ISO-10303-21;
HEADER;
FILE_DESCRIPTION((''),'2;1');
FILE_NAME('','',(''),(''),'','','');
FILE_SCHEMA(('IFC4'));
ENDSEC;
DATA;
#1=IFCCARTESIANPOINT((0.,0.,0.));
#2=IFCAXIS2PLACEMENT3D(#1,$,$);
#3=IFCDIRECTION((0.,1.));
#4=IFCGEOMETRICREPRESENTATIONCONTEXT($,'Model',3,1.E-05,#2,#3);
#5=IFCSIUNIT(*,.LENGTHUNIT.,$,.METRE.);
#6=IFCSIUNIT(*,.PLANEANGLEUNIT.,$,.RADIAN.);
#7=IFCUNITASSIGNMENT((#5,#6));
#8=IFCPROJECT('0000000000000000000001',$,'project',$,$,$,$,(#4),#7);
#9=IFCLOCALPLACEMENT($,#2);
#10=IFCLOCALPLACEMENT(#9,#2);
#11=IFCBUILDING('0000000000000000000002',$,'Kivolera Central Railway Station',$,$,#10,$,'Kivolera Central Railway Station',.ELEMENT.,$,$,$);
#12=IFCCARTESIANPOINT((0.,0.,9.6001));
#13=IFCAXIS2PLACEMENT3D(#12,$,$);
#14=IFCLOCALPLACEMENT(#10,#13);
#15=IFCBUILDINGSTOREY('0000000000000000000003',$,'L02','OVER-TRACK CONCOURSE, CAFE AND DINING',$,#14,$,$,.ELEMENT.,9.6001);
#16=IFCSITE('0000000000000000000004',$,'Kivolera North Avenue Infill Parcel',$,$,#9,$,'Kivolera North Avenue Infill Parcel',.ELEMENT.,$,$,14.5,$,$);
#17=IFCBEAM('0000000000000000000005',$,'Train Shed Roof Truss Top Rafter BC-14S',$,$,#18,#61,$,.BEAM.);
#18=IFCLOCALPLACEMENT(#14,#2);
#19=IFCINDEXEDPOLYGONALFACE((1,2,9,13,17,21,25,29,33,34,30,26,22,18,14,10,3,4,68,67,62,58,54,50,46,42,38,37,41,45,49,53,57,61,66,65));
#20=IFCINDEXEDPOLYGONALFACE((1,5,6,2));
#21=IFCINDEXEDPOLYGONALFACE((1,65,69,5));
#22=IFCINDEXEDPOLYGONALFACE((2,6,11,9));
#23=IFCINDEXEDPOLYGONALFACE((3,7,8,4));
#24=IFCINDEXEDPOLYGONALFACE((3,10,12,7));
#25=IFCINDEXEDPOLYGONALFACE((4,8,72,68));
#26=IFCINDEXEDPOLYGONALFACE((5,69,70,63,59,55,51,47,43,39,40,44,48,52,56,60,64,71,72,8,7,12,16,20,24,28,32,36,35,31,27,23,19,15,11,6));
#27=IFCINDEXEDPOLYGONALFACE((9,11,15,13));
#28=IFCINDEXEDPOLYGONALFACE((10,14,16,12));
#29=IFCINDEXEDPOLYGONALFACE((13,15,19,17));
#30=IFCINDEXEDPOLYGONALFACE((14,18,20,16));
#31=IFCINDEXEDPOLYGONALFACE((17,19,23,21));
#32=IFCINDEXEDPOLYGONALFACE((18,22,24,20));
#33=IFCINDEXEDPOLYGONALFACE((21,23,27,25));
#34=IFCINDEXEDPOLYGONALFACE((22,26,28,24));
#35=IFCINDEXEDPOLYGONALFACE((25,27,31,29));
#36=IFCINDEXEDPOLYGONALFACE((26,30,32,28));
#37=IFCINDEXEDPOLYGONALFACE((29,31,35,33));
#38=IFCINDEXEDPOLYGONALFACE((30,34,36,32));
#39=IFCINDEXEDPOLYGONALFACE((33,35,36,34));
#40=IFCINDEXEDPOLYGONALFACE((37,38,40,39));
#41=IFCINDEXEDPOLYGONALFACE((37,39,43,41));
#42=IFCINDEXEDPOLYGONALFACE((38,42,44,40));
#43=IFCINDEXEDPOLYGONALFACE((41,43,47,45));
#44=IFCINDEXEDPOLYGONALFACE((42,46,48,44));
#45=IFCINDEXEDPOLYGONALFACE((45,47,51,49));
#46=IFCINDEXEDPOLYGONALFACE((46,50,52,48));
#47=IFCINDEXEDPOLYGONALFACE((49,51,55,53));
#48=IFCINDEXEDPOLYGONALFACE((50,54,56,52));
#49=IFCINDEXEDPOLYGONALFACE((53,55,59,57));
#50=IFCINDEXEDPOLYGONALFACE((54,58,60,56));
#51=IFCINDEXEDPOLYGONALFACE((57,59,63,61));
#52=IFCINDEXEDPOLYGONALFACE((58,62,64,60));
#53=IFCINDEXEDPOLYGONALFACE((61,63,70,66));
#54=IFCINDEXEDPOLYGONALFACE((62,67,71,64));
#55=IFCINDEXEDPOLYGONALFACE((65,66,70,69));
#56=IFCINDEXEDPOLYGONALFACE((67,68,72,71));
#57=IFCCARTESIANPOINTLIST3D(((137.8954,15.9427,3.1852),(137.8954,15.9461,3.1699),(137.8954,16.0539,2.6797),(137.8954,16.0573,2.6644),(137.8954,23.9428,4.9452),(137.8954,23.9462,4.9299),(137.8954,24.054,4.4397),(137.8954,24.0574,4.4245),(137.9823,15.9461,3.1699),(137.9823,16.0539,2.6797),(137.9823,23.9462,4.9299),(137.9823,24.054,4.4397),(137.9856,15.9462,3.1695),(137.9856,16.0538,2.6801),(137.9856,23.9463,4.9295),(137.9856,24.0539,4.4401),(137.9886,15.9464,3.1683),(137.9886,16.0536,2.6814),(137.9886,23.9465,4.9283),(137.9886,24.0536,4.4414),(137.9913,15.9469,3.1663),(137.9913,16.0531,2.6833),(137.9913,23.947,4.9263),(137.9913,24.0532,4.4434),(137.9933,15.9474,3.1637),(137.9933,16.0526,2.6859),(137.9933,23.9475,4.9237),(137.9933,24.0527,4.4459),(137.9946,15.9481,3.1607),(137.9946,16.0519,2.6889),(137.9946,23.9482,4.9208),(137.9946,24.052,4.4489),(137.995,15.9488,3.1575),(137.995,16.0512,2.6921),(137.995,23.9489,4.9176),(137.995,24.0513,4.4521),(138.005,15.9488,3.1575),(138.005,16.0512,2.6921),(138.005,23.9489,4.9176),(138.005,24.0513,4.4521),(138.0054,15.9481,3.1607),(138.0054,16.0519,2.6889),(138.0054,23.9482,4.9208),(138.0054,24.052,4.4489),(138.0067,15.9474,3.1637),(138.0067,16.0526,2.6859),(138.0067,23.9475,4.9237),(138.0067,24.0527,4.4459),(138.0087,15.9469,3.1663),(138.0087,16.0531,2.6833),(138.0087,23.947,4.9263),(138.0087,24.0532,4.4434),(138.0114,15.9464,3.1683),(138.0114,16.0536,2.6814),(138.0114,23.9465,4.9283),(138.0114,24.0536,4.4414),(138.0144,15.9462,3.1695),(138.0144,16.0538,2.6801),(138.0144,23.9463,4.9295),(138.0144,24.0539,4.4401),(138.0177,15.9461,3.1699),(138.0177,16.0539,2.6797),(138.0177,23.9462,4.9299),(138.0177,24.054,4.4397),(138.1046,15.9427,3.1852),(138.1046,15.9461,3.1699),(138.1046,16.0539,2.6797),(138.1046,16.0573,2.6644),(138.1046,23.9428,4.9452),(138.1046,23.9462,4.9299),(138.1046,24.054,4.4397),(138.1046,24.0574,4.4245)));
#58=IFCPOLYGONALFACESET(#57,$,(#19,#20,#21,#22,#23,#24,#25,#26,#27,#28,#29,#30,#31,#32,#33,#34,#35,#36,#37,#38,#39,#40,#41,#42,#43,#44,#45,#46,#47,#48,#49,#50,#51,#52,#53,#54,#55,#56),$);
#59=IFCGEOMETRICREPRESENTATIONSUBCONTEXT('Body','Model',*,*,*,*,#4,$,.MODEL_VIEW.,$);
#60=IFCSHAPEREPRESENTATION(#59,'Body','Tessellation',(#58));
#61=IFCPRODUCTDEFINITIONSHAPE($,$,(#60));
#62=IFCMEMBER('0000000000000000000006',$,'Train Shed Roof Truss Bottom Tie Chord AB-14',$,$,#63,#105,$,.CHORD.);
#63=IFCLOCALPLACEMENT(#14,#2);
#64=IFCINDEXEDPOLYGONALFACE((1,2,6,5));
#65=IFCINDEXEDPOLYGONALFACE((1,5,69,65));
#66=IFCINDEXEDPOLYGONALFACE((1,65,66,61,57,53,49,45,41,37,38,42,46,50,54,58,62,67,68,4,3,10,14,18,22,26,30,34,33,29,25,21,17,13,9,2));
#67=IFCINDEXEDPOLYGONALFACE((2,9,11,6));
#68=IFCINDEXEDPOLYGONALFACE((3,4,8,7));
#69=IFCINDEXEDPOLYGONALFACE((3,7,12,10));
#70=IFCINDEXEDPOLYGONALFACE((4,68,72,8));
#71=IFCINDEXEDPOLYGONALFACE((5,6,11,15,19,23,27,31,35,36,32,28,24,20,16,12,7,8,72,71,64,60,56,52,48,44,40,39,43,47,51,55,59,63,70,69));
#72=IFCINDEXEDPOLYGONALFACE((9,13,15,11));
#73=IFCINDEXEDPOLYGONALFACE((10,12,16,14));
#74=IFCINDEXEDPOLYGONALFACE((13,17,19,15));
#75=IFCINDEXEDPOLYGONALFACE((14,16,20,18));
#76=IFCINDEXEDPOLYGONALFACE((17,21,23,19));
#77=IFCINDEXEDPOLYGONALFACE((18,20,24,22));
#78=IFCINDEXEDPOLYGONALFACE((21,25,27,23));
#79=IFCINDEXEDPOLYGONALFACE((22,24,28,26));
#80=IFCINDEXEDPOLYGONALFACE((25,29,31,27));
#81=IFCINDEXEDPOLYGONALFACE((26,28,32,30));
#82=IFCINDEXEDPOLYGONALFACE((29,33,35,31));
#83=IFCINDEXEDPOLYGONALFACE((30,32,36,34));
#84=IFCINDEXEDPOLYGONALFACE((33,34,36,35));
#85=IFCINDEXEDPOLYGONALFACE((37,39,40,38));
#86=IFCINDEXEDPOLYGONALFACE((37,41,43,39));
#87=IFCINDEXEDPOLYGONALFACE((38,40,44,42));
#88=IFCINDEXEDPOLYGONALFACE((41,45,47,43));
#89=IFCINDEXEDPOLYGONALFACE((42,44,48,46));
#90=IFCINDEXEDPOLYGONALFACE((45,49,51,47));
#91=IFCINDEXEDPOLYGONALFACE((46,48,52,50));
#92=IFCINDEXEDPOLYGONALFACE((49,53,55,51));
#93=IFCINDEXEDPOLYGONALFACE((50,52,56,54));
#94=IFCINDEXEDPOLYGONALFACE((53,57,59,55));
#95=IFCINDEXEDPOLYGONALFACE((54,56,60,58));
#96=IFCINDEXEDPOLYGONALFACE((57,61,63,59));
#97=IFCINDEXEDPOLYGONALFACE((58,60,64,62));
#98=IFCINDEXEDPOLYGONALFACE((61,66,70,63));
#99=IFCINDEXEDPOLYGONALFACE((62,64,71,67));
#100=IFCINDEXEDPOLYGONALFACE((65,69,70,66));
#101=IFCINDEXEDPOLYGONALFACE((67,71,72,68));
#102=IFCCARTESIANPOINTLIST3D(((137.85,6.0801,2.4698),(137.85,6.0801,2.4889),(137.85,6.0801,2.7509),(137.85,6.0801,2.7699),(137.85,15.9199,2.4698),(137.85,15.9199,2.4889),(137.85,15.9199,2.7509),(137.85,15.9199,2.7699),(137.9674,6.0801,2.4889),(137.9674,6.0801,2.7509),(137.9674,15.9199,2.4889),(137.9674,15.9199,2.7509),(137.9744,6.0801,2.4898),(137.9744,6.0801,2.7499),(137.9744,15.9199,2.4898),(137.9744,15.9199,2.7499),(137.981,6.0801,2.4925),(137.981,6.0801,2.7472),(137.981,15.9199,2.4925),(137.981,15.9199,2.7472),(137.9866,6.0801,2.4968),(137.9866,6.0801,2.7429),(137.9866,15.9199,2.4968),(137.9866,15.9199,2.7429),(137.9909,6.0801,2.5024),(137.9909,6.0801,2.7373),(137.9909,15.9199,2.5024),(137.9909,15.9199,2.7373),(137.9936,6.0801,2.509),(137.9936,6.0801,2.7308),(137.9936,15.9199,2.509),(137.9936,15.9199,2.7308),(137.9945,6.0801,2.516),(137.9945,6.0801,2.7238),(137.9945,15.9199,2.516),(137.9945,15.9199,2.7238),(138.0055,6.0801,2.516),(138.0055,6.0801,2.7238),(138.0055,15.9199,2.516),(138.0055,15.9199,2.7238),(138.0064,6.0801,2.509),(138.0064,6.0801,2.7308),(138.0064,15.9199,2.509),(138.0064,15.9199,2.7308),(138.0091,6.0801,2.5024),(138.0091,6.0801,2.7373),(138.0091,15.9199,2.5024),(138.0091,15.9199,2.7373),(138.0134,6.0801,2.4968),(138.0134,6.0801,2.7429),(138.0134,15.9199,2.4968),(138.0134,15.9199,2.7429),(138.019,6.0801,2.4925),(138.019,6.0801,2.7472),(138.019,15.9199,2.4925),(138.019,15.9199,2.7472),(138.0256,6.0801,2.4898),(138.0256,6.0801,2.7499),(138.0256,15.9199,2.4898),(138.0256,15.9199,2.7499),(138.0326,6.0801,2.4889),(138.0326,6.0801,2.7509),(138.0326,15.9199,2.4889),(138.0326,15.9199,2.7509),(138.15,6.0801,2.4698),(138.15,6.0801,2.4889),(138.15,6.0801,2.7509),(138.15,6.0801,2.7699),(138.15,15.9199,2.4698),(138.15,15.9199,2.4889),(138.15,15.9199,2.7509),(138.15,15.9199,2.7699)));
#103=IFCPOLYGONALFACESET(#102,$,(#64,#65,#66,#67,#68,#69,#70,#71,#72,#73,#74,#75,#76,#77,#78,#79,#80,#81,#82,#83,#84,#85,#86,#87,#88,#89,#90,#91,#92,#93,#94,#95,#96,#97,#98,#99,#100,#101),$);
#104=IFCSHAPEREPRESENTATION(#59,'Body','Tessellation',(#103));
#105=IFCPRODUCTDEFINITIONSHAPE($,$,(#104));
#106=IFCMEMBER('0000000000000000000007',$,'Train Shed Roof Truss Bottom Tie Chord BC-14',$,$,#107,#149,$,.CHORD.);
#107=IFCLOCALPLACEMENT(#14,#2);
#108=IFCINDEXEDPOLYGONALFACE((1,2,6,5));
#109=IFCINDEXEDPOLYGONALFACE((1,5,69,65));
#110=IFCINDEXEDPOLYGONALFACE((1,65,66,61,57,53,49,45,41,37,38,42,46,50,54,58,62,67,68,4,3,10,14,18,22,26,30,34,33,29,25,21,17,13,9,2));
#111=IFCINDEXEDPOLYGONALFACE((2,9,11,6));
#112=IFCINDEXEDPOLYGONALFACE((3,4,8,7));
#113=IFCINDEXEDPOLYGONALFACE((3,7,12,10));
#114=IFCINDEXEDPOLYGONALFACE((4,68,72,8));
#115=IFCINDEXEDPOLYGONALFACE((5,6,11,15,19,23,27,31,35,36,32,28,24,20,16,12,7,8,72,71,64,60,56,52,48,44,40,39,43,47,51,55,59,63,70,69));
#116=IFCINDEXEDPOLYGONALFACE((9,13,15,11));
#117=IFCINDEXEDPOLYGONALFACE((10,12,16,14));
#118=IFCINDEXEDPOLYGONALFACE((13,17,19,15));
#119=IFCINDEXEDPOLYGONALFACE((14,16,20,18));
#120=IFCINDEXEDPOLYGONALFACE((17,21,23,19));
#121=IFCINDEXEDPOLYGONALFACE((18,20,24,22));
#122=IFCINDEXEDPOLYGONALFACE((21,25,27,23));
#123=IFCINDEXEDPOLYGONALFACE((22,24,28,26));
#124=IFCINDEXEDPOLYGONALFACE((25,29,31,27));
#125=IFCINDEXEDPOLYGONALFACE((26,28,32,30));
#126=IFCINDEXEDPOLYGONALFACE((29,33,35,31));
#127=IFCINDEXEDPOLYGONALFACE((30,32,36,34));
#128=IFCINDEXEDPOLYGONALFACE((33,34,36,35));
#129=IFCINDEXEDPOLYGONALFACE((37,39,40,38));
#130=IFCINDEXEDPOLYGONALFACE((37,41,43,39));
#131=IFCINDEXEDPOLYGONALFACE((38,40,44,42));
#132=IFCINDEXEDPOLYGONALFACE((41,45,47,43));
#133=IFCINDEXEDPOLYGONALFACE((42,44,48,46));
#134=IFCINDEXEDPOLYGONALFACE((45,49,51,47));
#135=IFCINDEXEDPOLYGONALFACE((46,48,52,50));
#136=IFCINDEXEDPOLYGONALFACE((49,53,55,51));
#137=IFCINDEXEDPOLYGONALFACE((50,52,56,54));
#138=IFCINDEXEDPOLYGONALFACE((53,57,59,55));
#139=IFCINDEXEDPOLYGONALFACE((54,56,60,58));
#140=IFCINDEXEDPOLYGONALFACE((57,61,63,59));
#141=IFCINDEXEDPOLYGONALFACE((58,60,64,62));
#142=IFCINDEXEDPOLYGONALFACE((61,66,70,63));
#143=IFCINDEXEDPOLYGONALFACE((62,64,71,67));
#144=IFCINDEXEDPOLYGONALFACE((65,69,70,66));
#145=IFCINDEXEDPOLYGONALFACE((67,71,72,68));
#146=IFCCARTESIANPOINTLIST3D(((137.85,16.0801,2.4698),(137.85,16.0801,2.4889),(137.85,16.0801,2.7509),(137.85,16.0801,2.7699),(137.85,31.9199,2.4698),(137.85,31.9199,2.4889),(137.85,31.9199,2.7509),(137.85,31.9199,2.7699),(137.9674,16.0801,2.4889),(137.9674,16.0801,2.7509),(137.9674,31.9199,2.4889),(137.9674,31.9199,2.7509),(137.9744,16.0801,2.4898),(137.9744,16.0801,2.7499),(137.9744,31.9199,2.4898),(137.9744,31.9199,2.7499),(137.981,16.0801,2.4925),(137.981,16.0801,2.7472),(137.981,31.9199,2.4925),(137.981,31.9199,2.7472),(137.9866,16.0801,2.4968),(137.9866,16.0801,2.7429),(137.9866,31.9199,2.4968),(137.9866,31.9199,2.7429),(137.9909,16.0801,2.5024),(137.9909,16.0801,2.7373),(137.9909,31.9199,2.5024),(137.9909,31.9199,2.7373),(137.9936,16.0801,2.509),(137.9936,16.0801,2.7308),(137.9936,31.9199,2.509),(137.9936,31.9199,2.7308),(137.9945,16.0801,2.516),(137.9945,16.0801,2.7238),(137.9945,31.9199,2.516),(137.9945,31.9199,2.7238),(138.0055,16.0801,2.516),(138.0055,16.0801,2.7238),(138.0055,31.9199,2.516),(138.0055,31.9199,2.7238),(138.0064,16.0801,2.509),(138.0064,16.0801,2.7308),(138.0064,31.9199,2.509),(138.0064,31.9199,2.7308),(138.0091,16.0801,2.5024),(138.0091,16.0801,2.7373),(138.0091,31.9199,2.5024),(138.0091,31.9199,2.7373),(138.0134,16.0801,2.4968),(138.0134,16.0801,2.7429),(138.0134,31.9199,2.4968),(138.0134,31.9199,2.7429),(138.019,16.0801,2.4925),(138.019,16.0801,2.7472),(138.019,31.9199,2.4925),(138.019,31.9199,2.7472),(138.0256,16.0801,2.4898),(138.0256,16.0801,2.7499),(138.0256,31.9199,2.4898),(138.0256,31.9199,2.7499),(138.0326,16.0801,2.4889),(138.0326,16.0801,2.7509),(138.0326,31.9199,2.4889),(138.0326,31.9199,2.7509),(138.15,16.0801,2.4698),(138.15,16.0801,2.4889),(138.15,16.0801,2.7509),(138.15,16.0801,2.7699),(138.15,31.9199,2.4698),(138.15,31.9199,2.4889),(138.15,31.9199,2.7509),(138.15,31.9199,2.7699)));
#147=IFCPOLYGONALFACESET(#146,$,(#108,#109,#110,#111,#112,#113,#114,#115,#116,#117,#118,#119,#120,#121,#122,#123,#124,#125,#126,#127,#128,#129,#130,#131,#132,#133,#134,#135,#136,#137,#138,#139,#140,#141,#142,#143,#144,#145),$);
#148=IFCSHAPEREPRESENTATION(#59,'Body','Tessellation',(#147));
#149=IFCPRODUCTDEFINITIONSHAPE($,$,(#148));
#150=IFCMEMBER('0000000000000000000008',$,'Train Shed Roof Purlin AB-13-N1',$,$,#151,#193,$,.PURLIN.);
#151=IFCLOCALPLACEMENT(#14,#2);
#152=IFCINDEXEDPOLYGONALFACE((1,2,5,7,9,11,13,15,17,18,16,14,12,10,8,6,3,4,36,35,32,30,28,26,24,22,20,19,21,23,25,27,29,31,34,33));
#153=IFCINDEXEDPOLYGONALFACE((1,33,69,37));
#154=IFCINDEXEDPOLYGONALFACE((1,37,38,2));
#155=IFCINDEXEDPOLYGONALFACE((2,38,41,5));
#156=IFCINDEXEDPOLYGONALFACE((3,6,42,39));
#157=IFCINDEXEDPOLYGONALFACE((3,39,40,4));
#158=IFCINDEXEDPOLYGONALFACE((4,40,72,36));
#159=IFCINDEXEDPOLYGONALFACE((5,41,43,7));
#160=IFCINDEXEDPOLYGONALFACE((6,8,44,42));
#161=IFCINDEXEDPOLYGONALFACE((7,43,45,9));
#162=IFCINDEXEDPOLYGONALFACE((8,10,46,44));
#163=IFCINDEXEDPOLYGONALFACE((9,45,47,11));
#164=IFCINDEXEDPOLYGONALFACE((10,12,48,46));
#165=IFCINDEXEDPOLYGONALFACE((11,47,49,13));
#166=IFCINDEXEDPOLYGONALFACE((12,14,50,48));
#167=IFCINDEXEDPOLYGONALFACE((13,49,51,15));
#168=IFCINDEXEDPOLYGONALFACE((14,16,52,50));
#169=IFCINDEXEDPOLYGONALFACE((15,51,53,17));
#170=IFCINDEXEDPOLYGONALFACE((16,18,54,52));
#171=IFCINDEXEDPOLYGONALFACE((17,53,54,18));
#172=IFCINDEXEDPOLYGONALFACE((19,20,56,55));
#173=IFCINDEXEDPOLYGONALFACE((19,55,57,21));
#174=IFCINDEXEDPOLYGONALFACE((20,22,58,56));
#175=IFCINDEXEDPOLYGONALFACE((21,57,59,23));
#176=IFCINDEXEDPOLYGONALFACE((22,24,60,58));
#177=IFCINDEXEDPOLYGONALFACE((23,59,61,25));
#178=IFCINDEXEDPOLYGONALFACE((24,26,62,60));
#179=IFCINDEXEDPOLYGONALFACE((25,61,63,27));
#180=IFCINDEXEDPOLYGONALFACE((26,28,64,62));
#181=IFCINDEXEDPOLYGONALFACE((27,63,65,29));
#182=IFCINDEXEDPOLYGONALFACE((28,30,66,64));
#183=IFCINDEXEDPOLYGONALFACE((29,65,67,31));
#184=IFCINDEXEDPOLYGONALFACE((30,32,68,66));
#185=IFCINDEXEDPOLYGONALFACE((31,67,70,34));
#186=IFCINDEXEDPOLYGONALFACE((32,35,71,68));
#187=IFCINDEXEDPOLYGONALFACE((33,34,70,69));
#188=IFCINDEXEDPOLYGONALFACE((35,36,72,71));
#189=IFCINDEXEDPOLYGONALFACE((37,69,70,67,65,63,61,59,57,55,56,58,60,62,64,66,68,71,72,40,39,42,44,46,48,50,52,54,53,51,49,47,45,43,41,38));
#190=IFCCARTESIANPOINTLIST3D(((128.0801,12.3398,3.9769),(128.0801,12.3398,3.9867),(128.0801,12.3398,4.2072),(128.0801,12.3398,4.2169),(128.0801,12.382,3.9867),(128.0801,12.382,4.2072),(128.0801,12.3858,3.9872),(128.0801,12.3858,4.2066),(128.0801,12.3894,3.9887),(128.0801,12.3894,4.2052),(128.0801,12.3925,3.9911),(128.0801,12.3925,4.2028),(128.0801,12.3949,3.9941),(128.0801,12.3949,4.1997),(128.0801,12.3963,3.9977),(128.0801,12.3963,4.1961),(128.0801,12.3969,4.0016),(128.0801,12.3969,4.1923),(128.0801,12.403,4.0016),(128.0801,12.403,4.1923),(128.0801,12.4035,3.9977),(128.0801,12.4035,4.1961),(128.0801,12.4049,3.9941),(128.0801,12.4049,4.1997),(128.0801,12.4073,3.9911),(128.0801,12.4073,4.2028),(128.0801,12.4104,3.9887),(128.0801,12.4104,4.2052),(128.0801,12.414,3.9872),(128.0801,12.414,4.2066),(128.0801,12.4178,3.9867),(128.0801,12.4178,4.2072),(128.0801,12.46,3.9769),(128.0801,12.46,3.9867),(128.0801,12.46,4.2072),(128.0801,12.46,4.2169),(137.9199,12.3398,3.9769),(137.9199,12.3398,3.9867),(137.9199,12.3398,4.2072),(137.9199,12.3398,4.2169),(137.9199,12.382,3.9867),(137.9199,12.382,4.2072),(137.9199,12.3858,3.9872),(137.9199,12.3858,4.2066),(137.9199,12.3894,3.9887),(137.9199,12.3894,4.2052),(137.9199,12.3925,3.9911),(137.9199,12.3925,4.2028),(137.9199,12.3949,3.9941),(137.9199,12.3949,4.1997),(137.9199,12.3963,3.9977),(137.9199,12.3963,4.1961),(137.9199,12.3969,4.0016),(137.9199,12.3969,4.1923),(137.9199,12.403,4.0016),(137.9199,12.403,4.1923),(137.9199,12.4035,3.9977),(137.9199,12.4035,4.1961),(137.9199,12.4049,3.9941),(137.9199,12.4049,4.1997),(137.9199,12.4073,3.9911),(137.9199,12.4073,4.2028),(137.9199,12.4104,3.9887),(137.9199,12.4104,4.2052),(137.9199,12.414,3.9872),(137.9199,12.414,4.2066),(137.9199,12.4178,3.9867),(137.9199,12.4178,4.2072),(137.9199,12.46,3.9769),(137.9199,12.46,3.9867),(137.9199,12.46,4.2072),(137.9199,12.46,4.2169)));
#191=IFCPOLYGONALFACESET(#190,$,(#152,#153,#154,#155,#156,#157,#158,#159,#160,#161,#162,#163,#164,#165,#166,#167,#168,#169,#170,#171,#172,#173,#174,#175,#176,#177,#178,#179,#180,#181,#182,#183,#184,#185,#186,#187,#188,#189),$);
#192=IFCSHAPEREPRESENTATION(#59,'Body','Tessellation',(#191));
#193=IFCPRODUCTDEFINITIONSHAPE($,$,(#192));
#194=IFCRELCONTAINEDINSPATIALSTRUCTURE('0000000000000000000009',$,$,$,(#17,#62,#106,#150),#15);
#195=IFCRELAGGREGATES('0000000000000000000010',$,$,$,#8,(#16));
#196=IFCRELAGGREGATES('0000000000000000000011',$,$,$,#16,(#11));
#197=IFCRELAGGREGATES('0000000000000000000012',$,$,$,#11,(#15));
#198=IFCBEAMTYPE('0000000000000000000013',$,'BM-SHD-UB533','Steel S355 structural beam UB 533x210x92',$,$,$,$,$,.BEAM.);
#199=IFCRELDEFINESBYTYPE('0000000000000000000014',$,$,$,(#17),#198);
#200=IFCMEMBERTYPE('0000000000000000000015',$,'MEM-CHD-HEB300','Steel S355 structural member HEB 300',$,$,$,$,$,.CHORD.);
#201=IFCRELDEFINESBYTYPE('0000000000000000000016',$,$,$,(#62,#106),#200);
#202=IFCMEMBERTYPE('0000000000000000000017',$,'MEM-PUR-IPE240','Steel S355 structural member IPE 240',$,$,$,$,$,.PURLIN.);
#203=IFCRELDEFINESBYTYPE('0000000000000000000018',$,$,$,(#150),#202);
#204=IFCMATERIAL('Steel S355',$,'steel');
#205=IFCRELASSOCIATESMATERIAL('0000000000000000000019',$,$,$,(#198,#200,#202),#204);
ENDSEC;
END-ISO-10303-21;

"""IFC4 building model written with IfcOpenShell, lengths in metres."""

from ifc_helpers import new_model, si_unit, direction, frame, origin, origin_2d, place, context, subcontext, project, spatial, i_section, extrude, material, material_profile, profile_set, type_object, element, save


model = new_model("IFC4")

# Units and contexts
model_context = context("Model", 3, precision=1e-05, world=origin(), true_north=direction((0.0, 1.0)))
body_context = subcontext(model_context, "Body", "Model", "MODEL_VIEW")
ifc_project = project(units=[si_unit("LENGTHUNIT", "METRE"), si_unit("PLANEANGLEUNIT", "RADIAN")], contexts=[model_context])

# Site, building, storey
site_placement = place(None, origin())
site = spatial("IfcSite", under=ifc_project, at=site_placement, Name="Kivolera North Avenue Infill Parcel", LongName="Kivolera North Avenue Infill Parcel", CompositionType="ELEMENT", RefElevation=14.5)
building_placement = place(site_placement, origin())
building = spatial("IfcBuilding", under=site, at=building_placement, Name="Kivolera Central Railway Station", LongName="Kivolera Central Railway Station", CompositionType="ELEMENT")
storey_placement = place(building_placement, frame((0.0, 0.0, 9.6001)))
storey = spatial("IfcBuildingStorey", under=building, at=storey_placement, Name="L02", Description="OVER-TRACK CONCOURSE, CAFE AND DINING", CompositionType="ELEMENT", Elevation=9.6001)

# Shared definitions
ifc_material_1 = material(Name="Steel S355", Category="steel")

# Beam
ifc_material_profile_1 = material_profile(ifc_material_1, i_section(OverallWidth=0.2092, OverallDepth=0.5332, WebThickness=0.01, FlangeThickness=0.0156, FilletRadius=0.0127, at=origin_2d()), Name="UB 533x210x92")
ifc_profile_set_1 = profile_set([ifc_material_profile_1], Name="Steel S355")
beam_type_1 = type_object("IfcBeamType", Name="BM-SHD-UB533", Description="Steel S355 structural beam UB 533x210x92", PredefinedType="BEAM", material=ifc_profile_set_1)
beam_placement = place(storey_placement, frame((138.0, 16.0, 2.9248), z_axis=(0.0, 0.976644, 0.214863), x_axis=(-1.0, 0.0, 0.0)))
element("IfcBeam", 1, at=beam_placement, inside=storey, type_object=beam_type_1, Name="Train Shed Roof Truss Top Rafter BC-14S", PredefinedType="BEAM", context=body_context, shape_type="SweptSolid", body=[
    extrude(i_section(OverallWidth=0.2092, OverallDepth=0.5332, WebThickness=0.01, FlangeThickness=0.0156, FilletRadius=0.0127, at=origin_2d()), origin(), (0.0, 0.0, 1.0), 8.1914),
])

# Members
ifc_material_profile_2 = material_profile(ifc_material_1, i_section(OverallWidth=0.3, OverallDepth=0.3, WebThickness=0.011, FlangeThickness=0.019, FilletRadius=0.0271, at=origin_2d()), Name="HEB 300")
ifc_profile_set_2 = profile_set([ifc_material_profile_2], Name="Steel S355")
member_type_1 = type_object("IfcMemberType", Name="MEM-CHD-HEB300", Description="Steel S355 structural member HEB 300", PredefinedType="CHORD", material=ifc_profile_set_2)
member_1_placement = place(storey_placement, frame((138.0, 6.0801, 2.6199), z_axis=(0.0, 1.0, 0.0), x_axis=(-1.0, 0.0, 0.0)))
element("IfcMember", 2, at=member_1_placement, inside=storey, type_object=member_type_1, Name="Train Shed Roof Truss Bottom Tie Chord AB-14", PredefinedType="CHORD", context=body_context, shape_type="SweptSolid", body=[
    extrude(i_section(OverallWidth=0.3, OverallDepth=0.3, WebThickness=0.011, FlangeThickness=0.019, FilletRadius=0.0271, at=origin_2d()), origin(), (0.0, 0.0, 1.0), 9.8398),
])
member_2_placement = place(storey_placement, frame((138.0, 16.0801, 2.6199), z_axis=(0.0, 1.0, 0.0), x_axis=(-1.0, 0.0, 0.0)))
element("IfcMember", 3, at=member_2_placement, inside=storey, type_object=member_type_1, Name="Train Shed Roof Truss Bottom Tie Chord BC-14", PredefinedType="CHORD", context=body_context, shape_type="SweptSolid", body=[
    extrude(i_section(OverallWidth=0.3, OverallDepth=0.3, WebThickness=0.011, FlangeThickness=0.019, FilletRadius=0.0271, at=origin_2d()), origin(), (0.0, 0.0, 1.0), 15.8398),
])
ifc_material_profile_3 = material_profile(ifc_material_1, i_section(OverallWidth=0.1201, OverallDepth=0.24, WebThickness=0.0061, FlangeThickness=0.0098, FilletRadius=0.0149, at=origin_2d()), Name="IPE 240")
ifc_profile_set_3 = profile_set([ifc_material_profile_3], Name="Steel S355")
member_type_2 = type_object("IfcMemberType", Name="MEM-PUR-IPE240", Description="Steel S355 structural member IPE 240", PredefinedType="PURLIN", material=ifc_profile_set_3)
for number, where, z_axis, x_axis, name in (
    (4, (128.0801, 12.3999, 4.0969), (1.0, 0.0, 0.0), (0.0, 1.0, 0.0), "Train Shed Roof Purlin AB-13-N1"),
):
    element("IfcMember", number, at=place(storey_placement, frame(where, z_axis=z_axis, x_axis=x_axis)), inside=storey, type_object=member_type_2, Name=name, PredefinedType="PURLIN", context=body_context, shape_type="SweptSolid", body=[
        extrude(i_section(OverallWidth=0.1201, OverallDepth=0.24, WebThickness=0.0061, FlangeThickness=0.0098, FilletRadius=0.0149, at=origin_2d()), origin(), (0.0, 0.0, 1.0), 9.8398),
    ])

save(model, "model.ifc")
